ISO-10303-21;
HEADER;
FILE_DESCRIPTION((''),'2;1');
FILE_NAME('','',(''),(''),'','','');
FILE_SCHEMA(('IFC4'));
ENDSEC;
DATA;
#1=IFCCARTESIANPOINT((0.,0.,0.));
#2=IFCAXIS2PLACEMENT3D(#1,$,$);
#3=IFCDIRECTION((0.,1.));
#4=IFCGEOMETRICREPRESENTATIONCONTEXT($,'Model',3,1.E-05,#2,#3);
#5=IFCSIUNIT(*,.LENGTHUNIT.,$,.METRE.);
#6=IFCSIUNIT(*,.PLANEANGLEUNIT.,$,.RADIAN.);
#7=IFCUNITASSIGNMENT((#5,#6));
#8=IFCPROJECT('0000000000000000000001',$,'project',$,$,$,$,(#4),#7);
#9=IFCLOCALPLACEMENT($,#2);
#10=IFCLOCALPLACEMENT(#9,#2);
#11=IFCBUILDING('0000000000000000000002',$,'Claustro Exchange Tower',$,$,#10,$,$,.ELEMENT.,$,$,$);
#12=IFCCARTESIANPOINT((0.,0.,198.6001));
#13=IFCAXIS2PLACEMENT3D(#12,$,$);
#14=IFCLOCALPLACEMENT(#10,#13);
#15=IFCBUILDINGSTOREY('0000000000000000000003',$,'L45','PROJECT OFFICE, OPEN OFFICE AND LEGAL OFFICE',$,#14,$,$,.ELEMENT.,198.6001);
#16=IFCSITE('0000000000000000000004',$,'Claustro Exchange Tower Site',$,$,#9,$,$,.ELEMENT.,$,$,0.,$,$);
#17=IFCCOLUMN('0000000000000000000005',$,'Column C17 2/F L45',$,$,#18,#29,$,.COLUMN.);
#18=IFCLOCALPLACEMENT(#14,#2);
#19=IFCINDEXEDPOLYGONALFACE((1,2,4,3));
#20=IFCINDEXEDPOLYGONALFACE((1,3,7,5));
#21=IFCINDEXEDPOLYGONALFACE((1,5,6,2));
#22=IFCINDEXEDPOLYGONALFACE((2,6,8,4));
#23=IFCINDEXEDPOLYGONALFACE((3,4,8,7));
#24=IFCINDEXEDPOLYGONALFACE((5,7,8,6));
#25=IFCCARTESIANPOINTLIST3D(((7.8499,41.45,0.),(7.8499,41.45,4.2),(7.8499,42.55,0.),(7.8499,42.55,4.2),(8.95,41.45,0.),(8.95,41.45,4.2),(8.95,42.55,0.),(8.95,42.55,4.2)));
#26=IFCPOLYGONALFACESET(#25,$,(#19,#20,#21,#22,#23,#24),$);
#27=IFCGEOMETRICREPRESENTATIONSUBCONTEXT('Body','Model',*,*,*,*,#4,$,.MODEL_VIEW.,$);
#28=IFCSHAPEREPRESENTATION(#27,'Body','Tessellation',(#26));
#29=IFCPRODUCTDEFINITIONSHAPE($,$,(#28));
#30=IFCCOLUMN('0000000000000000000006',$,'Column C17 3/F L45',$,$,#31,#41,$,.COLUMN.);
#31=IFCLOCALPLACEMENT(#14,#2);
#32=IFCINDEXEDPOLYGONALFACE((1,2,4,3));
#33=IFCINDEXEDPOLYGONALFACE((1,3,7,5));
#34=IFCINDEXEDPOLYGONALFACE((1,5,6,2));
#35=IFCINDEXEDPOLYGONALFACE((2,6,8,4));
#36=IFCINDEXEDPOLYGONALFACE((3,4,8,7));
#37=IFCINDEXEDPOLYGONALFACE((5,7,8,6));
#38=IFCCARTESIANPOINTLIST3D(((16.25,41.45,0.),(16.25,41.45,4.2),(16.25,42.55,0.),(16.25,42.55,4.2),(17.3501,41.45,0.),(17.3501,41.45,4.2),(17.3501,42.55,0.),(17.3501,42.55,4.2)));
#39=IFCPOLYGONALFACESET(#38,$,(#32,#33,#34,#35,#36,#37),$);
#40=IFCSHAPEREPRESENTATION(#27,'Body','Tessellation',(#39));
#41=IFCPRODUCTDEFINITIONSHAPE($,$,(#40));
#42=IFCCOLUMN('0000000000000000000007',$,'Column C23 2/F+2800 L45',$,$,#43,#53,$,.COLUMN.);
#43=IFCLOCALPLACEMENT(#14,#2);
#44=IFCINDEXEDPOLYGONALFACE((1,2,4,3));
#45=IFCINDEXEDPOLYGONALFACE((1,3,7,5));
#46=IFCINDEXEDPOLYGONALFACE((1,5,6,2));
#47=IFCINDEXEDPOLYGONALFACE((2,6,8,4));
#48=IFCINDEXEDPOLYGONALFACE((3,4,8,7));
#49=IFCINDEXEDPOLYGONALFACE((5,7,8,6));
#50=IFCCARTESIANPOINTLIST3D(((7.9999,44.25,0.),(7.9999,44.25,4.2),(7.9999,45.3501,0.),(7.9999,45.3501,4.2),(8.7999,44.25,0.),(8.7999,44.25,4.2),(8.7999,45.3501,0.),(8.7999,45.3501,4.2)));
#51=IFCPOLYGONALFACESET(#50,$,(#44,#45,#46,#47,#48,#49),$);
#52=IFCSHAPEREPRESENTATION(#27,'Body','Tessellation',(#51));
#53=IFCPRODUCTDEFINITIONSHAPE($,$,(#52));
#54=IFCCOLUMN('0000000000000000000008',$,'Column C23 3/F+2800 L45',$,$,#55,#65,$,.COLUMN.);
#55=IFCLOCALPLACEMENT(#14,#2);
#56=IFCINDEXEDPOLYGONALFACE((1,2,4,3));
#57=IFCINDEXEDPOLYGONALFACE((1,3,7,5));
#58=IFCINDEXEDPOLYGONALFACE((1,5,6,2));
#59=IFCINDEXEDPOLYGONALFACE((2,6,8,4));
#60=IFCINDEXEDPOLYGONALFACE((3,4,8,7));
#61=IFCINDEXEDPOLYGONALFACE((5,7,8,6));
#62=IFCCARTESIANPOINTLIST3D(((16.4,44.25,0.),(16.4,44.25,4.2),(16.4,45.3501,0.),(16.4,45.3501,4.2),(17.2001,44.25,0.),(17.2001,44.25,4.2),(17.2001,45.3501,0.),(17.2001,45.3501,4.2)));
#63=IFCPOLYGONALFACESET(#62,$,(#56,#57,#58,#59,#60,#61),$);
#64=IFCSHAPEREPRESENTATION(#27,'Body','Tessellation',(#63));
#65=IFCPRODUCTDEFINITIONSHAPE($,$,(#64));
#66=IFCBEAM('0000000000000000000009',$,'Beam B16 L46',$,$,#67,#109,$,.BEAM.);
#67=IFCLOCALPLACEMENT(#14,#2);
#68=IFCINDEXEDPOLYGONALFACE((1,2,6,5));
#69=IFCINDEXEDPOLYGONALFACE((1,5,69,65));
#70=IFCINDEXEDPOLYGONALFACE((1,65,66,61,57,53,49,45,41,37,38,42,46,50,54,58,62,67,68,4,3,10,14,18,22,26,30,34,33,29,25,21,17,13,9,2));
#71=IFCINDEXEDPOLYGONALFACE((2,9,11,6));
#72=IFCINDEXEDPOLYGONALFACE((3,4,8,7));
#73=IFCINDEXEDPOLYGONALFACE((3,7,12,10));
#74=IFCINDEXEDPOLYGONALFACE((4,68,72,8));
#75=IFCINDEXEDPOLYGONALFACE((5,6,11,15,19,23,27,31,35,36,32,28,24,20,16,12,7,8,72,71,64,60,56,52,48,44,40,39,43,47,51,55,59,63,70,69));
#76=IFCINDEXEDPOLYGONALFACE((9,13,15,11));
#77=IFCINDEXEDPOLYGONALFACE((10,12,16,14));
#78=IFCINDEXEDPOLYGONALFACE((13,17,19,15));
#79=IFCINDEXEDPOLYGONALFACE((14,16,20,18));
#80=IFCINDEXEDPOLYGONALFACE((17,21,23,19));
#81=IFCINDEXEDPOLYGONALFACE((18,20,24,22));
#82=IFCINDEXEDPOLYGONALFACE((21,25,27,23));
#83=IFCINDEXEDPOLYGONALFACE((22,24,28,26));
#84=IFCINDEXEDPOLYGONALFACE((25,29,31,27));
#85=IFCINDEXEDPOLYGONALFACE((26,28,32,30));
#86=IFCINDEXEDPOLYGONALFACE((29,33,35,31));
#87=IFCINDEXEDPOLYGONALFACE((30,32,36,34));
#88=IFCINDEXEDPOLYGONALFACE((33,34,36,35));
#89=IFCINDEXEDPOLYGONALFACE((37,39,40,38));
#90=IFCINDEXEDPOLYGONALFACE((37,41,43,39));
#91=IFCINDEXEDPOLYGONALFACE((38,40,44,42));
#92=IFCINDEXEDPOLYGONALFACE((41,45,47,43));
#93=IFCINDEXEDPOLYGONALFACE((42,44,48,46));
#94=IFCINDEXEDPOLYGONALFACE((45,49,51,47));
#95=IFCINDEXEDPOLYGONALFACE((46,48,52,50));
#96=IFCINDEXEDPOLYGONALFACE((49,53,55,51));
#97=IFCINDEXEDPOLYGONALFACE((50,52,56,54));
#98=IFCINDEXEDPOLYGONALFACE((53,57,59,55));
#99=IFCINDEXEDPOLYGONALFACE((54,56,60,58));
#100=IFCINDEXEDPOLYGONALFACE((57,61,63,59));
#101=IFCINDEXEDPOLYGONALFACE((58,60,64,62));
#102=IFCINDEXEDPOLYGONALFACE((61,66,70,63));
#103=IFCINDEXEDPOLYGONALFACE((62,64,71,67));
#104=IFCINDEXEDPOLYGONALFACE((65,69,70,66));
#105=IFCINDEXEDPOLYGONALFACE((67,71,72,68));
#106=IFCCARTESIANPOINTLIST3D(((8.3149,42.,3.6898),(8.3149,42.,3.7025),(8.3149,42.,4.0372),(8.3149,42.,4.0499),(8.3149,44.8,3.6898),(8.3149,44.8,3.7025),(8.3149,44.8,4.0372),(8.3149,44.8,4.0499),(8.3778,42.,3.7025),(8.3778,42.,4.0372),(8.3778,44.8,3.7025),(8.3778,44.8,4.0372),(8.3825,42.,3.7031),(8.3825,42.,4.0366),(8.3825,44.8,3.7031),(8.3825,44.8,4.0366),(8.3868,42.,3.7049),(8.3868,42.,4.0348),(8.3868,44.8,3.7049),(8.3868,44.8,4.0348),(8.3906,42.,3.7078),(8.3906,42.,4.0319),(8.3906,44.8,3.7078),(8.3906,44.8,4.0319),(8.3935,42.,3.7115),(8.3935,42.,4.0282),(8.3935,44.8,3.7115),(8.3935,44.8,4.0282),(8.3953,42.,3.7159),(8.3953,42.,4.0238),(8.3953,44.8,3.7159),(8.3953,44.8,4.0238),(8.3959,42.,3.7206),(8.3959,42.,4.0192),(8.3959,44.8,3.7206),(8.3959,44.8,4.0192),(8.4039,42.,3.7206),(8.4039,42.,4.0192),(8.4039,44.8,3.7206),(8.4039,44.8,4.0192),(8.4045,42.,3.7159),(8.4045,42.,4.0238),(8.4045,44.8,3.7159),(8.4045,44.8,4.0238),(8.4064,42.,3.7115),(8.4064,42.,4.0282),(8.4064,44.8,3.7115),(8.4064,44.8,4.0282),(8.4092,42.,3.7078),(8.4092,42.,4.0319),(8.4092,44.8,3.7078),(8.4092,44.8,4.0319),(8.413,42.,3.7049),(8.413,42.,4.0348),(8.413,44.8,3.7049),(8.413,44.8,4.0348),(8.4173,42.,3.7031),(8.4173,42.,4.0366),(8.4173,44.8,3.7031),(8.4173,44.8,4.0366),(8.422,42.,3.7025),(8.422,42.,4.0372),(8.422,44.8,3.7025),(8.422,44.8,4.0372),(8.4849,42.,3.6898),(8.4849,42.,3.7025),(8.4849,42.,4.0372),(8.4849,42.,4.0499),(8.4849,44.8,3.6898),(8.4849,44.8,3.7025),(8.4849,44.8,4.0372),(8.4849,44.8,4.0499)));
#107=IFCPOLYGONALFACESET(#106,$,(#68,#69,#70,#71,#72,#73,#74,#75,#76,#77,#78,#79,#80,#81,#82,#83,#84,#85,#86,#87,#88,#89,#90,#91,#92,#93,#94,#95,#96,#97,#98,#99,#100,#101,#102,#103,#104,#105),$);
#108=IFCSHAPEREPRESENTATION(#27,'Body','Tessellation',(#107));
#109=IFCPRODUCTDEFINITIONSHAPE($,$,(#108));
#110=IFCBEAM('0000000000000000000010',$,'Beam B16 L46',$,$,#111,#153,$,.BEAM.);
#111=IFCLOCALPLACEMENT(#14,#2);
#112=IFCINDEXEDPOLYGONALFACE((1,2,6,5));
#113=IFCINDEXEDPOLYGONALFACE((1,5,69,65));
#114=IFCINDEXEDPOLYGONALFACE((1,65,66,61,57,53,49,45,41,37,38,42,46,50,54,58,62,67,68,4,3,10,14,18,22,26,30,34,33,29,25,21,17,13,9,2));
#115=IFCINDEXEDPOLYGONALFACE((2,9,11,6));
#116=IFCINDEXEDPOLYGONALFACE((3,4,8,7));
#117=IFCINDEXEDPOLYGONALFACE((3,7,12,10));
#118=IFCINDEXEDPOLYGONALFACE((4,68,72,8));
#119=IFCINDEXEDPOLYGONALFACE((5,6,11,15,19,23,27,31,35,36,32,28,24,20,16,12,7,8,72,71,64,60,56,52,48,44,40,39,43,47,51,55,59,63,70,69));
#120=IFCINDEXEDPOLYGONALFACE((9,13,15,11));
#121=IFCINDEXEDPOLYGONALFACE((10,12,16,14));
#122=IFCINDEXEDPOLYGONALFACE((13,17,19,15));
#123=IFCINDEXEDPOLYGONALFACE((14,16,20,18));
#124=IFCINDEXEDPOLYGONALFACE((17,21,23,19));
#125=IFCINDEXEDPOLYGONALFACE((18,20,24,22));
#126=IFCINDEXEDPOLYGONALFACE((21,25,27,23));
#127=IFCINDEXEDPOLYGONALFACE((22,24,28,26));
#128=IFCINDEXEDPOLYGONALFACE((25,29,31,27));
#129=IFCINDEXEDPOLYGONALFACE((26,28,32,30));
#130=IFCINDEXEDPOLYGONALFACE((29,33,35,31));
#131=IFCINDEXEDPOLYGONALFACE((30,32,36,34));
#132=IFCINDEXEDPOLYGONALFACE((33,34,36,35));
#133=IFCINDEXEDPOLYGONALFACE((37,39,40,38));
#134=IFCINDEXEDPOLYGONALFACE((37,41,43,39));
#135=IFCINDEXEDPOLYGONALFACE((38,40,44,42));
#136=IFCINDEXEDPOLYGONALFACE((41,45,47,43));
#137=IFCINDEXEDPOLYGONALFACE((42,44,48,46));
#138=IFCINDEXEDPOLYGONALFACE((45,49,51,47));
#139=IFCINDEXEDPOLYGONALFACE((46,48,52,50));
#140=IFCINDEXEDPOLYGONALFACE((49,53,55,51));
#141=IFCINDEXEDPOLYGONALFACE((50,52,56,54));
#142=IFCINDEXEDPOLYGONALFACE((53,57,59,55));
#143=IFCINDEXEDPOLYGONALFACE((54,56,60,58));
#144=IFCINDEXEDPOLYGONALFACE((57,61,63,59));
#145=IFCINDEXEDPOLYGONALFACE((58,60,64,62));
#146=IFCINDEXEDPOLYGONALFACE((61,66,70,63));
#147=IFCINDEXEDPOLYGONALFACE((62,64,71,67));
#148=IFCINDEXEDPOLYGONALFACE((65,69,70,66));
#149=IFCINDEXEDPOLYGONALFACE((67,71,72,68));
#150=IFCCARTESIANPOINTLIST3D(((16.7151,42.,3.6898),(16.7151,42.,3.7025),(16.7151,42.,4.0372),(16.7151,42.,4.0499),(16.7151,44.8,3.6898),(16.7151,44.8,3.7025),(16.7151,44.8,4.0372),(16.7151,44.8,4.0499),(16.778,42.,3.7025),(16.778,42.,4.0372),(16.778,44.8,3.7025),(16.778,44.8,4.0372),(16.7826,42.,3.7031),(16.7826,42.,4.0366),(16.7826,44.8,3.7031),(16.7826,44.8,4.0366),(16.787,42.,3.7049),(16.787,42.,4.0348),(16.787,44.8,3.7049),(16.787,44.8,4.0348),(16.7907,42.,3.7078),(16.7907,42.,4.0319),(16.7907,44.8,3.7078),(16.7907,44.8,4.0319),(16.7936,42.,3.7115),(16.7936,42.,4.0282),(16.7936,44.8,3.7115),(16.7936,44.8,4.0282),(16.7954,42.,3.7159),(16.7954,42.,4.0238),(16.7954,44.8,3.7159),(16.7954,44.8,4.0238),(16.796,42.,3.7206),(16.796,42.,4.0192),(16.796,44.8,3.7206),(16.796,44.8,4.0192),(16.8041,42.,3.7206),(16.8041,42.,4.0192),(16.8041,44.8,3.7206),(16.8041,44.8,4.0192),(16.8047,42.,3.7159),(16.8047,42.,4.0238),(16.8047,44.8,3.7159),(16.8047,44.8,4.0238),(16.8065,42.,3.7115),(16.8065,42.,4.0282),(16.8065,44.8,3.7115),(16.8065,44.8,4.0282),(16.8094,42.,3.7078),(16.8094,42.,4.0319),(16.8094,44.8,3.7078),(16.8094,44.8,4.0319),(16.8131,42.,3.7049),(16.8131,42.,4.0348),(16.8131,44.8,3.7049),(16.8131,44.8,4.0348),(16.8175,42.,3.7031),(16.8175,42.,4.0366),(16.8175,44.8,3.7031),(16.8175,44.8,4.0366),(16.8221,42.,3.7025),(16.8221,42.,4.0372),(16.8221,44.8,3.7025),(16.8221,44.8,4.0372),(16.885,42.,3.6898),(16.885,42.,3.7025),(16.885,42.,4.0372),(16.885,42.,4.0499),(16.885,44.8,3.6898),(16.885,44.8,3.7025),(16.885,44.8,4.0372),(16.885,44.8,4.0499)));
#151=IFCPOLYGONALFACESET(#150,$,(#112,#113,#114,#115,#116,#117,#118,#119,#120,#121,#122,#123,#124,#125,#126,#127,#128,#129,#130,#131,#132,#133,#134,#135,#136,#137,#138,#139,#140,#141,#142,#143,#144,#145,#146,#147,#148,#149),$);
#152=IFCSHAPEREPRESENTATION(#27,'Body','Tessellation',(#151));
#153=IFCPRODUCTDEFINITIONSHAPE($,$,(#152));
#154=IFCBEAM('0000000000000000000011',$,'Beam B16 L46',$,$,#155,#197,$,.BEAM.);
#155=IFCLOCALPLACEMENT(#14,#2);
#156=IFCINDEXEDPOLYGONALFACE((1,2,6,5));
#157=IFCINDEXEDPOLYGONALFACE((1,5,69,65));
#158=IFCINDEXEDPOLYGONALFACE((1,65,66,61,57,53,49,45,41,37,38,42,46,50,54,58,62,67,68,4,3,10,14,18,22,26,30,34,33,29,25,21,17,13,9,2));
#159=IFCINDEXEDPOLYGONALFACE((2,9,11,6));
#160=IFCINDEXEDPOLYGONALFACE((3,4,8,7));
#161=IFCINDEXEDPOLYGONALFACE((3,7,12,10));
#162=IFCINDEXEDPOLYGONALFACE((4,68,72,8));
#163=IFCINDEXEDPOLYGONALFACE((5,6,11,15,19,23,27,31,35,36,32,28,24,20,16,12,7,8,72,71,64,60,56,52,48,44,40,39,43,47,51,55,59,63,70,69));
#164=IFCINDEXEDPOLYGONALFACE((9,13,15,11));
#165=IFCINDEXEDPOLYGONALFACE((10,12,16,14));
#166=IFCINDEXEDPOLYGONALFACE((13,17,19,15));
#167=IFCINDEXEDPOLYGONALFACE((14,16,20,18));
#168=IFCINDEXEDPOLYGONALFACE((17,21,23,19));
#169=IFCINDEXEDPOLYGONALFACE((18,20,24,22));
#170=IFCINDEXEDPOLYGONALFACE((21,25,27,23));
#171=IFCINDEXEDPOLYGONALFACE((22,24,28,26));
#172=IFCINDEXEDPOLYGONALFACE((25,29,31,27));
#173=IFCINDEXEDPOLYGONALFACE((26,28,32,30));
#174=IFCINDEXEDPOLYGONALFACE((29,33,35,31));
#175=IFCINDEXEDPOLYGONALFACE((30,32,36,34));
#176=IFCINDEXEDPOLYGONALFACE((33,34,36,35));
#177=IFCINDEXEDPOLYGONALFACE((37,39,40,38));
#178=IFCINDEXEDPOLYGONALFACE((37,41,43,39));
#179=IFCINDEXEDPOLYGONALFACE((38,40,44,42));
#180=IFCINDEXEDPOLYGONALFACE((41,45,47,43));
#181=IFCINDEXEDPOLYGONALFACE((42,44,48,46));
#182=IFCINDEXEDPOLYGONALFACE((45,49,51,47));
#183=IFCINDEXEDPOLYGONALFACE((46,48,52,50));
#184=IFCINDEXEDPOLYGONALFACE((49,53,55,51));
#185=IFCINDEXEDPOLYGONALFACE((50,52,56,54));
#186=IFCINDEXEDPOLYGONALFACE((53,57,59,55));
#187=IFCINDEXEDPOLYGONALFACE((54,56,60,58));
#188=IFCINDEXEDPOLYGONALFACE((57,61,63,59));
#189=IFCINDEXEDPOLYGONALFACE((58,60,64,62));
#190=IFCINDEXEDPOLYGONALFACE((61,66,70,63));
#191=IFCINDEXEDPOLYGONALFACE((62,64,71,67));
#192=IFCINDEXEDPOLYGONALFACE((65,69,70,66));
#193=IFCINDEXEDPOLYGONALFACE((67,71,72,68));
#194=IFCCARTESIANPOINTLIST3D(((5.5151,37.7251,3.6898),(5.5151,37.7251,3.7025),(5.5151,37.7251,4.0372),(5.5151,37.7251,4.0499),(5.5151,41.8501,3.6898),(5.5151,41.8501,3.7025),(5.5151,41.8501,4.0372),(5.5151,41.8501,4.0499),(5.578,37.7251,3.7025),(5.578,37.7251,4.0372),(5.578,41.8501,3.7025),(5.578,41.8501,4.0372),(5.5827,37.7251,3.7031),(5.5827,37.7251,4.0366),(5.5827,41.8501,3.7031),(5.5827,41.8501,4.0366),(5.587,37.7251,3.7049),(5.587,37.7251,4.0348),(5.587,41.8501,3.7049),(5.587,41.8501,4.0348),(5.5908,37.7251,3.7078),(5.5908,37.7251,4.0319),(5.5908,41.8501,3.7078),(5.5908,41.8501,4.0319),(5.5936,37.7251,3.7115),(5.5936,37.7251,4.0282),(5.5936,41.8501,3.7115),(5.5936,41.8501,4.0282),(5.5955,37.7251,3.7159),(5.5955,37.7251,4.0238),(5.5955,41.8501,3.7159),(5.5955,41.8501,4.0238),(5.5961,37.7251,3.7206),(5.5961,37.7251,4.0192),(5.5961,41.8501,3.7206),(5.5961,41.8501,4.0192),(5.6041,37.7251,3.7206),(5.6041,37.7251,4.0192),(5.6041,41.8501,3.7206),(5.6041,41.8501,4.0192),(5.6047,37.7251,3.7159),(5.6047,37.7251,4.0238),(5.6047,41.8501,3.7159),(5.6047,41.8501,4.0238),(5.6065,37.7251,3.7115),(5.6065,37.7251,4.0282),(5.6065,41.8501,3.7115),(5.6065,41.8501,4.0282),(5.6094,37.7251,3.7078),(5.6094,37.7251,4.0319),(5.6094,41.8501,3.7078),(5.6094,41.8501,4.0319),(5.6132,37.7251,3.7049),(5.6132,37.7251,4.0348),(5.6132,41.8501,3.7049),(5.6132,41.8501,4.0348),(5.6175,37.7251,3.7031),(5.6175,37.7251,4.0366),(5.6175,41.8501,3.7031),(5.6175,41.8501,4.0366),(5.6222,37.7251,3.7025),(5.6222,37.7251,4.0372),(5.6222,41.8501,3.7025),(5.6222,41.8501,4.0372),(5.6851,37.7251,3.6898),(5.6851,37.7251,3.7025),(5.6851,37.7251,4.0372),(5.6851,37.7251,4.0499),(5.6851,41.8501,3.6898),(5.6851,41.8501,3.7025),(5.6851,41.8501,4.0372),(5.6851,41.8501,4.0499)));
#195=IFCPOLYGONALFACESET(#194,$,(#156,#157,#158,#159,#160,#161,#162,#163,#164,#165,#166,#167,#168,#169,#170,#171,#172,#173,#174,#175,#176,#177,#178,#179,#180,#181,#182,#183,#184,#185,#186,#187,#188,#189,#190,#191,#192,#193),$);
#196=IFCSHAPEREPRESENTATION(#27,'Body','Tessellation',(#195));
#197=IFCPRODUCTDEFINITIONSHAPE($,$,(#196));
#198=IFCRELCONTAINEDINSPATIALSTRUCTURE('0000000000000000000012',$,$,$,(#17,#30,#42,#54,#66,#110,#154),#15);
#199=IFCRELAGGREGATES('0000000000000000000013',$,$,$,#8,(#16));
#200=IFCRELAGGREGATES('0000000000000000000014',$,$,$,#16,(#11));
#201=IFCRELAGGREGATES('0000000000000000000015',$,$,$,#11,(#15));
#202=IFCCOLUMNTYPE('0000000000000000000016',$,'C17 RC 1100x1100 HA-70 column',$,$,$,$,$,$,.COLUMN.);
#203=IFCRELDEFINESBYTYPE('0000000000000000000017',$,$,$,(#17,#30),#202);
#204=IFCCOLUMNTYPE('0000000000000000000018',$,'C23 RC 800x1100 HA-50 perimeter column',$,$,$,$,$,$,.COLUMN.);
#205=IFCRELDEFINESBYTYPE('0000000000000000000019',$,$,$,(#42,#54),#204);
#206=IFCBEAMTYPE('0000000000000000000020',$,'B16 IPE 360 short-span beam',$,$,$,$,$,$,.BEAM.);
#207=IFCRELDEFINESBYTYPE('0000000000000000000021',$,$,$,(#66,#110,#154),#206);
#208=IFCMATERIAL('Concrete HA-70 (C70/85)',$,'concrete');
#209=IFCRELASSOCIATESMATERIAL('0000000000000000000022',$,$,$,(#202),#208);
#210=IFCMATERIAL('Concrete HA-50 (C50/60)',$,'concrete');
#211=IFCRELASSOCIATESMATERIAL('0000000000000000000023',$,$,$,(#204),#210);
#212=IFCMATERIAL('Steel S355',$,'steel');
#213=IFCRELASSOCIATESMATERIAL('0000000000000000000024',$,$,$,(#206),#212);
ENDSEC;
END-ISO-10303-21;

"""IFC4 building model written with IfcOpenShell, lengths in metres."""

from ifc_helpers import new_model, si_unit, direction, frame, origin, origin_2d, place, context, subcontext, project, spatial, rectangle, i_section, extrude, material, material_profile, profile_set, type_object, element, save


model = new_model("IFC4")

# Units and contexts
model_context = context("Model", 3, precision=1e-05, world=origin(), true_north=direction((0.0, 1.0)))
body_context = subcontext(model_context, "Body", "Model", "MODEL_VIEW")
ifc_project = project(units=[si_unit("LENGTHUNIT", "METRE"), si_unit("PLANEANGLEUNIT", "RADIAN")], contexts=[model_context])

# Site, building, storey
site_placement = place(None, origin())
site = spatial("IfcSite", under=ifc_project, at=site_placement, Name="Claustro Exchange Tower Site", CompositionType="ELEMENT", RefElevation=0.0)
building_placement = place(site_placement, origin())
building = spatial("IfcBuilding", under=site, at=building_placement, Name="Claustro Exchange Tower", CompositionType="ELEMENT")
storey_placement = place(building_placement, frame((0.0, 0.0, 198.6001)))
storey = spatial("IfcBuildingStorey", under=building, at=storey_placement, Name="L45", Description="PROJECT OFFICE, OPEN OFFICE AND LEGAL OFFICE", CompositionType="ELEMENT", Elevation=198.6001)

# Columns
ifc_material_1 = material(Name="Concrete HA-70 (C70/85)", Category="concrete")
ifc_material_profile_1 = material_profile(ifc_material_1, rectangle(XDim=1.1001, YDim=1.1001, at=origin_2d()), Name="RC 1100x1100")
ifc_profile_set_1 = profile_set([ifc_material_profile_1], Name="Concrete HA-70 (C70/85)")
column_type_1 = type_object("IfcColumnType", Name="C17 RC 1100x1100 HA-70 column", PredefinedType="COLUMN", material=ifc_profile_set_1)
for number, where, z_axis, x_axis, name in (
    (1, (8.3999, 42.0, 0.0), (0.0, 0.0, 1.0), (1.0, 0.0, 0.0), "Column C17 2/F L45"),
    (2, (16.8, 42.0, 0.0), (0.0, 0.0, 1.0), (1.0, 0.0, 0.0), "Column C17 3/F L45"),
):
    element("IfcColumn", number, at=place(storey_placement, frame(where, z_axis=z_axis, x_axis=x_axis)), inside=storey, type_object=column_type_1, Name=name, PredefinedType="COLUMN", context=body_context, shape_type="SweptSolid", body=[
        extrude(rectangle(XDim=1.1001, YDim=1.1001, at=origin_2d()), origin(), (0.0, 0.0, 1.0), 4.2),
    ])
ifc_material_2 = material(Name="Concrete HA-50 (C50/60)", Category="concrete")
ifc_material_profile_2 = material_profile(ifc_material_2, rectangle(XDim=0.8, YDim=1.1001, at=origin_2d()), Name="RC 800x1100")
ifc_profile_set_2 = profile_set([ifc_material_profile_2], Name="Concrete HA-50 (C50/60)")
column_type_2 = type_object("IfcColumnType", Name="C23 RC 800x1100 HA-50 perimeter column", PredefinedType="COLUMN", material=ifc_profile_set_2)
for number, where, z_axis, x_axis, name in (
    (3, (8.3999, 44.8, 0.0), (0.0, 0.0, 1.0), (1.0, 0.0, 0.0), "Column C23 2/F+2800 L45"),
    (4, (16.8, 44.8, 0.0), (0.0, 0.0, 1.0), (1.0, 0.0, 0.0), "Column C23 3/F+2800 L45"),
):
    element("IfcColumn", number, at=place(storey_placement, frame(where, z_axis=z_axis, x_axis=x_axis)), inside=storey, type_object=column_type_2, Name=name, PredefinedType="COLUMN", context=body_context, shape_type="SweptSolid", body=[
        extrude(rectangle(XDim=0.8, YDim=1.1001, at=origin_2d()), origin(), (0.0, 0.0, 1.0), 4.2),
    ])

# Beams
ifc_material_3 = material(Name="Steel S355", Category="steel")
ifc_material_profile_3 = material_profile(ifc_material_3, i_section(OverallWidth=0.1699, OverallDepth=0.3601, WebThickness=0.0081, FlangeThickness=0.0127, FilletRadius=0.0181, at=origin_2d()), Name="IPE 360")
ifc_profile_set_3 = profile_set([ifc_material_profile_3], Name="Steel S355")
beam_type_1 = type_object("IfcBeamType", Name="B16 IPE 360 short-span beam", PredefinedType="BEAM", material=ifc_profile_set_3)
for number, where, z_axis, x_axis, name in (
    (5, (8.3999, 42.0, 3.8699), (0.0, 1.0, 0.0), (-1.0, 0.0, 0.0), "Beam B16 L46"),
    (6, (16.8, 42.0, 3.8699), (0.0, 1.0, 0.0), (-1.0, 0.0, 0.0), "Beam B16 L46"),
):
    element("IfcBeam", number, at=place(storey_placement, frame(where, z_axis=z_axis, x_axis=x_axis)), inside=storey, type_object=beam_type_1, Name=name, PredefinedType="BEAM", context=body_context, shape_type="SweptSolid", body=[
        extrude(i_section(OverallWidth=0.1699, OverallDepth=0.3601, WebThickness=0.0081, FlangeThickness=0.0127, FilletRadius=0.0181, at=origin_2d()), origin(), (0.0, 0.0, 1.0), 2.8),
    ])
for number, where, z_axis, x_axis, name in (
    (7, (5.6001, 37.7251, 3.8699), (0.0, 1.0, 0.0), (-1.0, 0.0, 0.0), "Beam B16 L46"),
):
    element("IfcBeam", number, at=place(storey_placement, frame(where, z_axis=z_axis, x_axis=x_axis)), inside=storey, type_object=beam_type_1, Name=name, PredefinedType="BEAM", context=body_context, shape_type="SweptSolid", body=[
        extrude(i_section(OverallWidth=0.1699, OverallDepth=0.3601, WebThickness=0.0081, FlangeThickness=0.0127, FilletRadius=0.0181, at=origin_2d()), origin(), (0.0, 0.0, 1.0), 4.125),
    ])

save(model, "model.ifc")
